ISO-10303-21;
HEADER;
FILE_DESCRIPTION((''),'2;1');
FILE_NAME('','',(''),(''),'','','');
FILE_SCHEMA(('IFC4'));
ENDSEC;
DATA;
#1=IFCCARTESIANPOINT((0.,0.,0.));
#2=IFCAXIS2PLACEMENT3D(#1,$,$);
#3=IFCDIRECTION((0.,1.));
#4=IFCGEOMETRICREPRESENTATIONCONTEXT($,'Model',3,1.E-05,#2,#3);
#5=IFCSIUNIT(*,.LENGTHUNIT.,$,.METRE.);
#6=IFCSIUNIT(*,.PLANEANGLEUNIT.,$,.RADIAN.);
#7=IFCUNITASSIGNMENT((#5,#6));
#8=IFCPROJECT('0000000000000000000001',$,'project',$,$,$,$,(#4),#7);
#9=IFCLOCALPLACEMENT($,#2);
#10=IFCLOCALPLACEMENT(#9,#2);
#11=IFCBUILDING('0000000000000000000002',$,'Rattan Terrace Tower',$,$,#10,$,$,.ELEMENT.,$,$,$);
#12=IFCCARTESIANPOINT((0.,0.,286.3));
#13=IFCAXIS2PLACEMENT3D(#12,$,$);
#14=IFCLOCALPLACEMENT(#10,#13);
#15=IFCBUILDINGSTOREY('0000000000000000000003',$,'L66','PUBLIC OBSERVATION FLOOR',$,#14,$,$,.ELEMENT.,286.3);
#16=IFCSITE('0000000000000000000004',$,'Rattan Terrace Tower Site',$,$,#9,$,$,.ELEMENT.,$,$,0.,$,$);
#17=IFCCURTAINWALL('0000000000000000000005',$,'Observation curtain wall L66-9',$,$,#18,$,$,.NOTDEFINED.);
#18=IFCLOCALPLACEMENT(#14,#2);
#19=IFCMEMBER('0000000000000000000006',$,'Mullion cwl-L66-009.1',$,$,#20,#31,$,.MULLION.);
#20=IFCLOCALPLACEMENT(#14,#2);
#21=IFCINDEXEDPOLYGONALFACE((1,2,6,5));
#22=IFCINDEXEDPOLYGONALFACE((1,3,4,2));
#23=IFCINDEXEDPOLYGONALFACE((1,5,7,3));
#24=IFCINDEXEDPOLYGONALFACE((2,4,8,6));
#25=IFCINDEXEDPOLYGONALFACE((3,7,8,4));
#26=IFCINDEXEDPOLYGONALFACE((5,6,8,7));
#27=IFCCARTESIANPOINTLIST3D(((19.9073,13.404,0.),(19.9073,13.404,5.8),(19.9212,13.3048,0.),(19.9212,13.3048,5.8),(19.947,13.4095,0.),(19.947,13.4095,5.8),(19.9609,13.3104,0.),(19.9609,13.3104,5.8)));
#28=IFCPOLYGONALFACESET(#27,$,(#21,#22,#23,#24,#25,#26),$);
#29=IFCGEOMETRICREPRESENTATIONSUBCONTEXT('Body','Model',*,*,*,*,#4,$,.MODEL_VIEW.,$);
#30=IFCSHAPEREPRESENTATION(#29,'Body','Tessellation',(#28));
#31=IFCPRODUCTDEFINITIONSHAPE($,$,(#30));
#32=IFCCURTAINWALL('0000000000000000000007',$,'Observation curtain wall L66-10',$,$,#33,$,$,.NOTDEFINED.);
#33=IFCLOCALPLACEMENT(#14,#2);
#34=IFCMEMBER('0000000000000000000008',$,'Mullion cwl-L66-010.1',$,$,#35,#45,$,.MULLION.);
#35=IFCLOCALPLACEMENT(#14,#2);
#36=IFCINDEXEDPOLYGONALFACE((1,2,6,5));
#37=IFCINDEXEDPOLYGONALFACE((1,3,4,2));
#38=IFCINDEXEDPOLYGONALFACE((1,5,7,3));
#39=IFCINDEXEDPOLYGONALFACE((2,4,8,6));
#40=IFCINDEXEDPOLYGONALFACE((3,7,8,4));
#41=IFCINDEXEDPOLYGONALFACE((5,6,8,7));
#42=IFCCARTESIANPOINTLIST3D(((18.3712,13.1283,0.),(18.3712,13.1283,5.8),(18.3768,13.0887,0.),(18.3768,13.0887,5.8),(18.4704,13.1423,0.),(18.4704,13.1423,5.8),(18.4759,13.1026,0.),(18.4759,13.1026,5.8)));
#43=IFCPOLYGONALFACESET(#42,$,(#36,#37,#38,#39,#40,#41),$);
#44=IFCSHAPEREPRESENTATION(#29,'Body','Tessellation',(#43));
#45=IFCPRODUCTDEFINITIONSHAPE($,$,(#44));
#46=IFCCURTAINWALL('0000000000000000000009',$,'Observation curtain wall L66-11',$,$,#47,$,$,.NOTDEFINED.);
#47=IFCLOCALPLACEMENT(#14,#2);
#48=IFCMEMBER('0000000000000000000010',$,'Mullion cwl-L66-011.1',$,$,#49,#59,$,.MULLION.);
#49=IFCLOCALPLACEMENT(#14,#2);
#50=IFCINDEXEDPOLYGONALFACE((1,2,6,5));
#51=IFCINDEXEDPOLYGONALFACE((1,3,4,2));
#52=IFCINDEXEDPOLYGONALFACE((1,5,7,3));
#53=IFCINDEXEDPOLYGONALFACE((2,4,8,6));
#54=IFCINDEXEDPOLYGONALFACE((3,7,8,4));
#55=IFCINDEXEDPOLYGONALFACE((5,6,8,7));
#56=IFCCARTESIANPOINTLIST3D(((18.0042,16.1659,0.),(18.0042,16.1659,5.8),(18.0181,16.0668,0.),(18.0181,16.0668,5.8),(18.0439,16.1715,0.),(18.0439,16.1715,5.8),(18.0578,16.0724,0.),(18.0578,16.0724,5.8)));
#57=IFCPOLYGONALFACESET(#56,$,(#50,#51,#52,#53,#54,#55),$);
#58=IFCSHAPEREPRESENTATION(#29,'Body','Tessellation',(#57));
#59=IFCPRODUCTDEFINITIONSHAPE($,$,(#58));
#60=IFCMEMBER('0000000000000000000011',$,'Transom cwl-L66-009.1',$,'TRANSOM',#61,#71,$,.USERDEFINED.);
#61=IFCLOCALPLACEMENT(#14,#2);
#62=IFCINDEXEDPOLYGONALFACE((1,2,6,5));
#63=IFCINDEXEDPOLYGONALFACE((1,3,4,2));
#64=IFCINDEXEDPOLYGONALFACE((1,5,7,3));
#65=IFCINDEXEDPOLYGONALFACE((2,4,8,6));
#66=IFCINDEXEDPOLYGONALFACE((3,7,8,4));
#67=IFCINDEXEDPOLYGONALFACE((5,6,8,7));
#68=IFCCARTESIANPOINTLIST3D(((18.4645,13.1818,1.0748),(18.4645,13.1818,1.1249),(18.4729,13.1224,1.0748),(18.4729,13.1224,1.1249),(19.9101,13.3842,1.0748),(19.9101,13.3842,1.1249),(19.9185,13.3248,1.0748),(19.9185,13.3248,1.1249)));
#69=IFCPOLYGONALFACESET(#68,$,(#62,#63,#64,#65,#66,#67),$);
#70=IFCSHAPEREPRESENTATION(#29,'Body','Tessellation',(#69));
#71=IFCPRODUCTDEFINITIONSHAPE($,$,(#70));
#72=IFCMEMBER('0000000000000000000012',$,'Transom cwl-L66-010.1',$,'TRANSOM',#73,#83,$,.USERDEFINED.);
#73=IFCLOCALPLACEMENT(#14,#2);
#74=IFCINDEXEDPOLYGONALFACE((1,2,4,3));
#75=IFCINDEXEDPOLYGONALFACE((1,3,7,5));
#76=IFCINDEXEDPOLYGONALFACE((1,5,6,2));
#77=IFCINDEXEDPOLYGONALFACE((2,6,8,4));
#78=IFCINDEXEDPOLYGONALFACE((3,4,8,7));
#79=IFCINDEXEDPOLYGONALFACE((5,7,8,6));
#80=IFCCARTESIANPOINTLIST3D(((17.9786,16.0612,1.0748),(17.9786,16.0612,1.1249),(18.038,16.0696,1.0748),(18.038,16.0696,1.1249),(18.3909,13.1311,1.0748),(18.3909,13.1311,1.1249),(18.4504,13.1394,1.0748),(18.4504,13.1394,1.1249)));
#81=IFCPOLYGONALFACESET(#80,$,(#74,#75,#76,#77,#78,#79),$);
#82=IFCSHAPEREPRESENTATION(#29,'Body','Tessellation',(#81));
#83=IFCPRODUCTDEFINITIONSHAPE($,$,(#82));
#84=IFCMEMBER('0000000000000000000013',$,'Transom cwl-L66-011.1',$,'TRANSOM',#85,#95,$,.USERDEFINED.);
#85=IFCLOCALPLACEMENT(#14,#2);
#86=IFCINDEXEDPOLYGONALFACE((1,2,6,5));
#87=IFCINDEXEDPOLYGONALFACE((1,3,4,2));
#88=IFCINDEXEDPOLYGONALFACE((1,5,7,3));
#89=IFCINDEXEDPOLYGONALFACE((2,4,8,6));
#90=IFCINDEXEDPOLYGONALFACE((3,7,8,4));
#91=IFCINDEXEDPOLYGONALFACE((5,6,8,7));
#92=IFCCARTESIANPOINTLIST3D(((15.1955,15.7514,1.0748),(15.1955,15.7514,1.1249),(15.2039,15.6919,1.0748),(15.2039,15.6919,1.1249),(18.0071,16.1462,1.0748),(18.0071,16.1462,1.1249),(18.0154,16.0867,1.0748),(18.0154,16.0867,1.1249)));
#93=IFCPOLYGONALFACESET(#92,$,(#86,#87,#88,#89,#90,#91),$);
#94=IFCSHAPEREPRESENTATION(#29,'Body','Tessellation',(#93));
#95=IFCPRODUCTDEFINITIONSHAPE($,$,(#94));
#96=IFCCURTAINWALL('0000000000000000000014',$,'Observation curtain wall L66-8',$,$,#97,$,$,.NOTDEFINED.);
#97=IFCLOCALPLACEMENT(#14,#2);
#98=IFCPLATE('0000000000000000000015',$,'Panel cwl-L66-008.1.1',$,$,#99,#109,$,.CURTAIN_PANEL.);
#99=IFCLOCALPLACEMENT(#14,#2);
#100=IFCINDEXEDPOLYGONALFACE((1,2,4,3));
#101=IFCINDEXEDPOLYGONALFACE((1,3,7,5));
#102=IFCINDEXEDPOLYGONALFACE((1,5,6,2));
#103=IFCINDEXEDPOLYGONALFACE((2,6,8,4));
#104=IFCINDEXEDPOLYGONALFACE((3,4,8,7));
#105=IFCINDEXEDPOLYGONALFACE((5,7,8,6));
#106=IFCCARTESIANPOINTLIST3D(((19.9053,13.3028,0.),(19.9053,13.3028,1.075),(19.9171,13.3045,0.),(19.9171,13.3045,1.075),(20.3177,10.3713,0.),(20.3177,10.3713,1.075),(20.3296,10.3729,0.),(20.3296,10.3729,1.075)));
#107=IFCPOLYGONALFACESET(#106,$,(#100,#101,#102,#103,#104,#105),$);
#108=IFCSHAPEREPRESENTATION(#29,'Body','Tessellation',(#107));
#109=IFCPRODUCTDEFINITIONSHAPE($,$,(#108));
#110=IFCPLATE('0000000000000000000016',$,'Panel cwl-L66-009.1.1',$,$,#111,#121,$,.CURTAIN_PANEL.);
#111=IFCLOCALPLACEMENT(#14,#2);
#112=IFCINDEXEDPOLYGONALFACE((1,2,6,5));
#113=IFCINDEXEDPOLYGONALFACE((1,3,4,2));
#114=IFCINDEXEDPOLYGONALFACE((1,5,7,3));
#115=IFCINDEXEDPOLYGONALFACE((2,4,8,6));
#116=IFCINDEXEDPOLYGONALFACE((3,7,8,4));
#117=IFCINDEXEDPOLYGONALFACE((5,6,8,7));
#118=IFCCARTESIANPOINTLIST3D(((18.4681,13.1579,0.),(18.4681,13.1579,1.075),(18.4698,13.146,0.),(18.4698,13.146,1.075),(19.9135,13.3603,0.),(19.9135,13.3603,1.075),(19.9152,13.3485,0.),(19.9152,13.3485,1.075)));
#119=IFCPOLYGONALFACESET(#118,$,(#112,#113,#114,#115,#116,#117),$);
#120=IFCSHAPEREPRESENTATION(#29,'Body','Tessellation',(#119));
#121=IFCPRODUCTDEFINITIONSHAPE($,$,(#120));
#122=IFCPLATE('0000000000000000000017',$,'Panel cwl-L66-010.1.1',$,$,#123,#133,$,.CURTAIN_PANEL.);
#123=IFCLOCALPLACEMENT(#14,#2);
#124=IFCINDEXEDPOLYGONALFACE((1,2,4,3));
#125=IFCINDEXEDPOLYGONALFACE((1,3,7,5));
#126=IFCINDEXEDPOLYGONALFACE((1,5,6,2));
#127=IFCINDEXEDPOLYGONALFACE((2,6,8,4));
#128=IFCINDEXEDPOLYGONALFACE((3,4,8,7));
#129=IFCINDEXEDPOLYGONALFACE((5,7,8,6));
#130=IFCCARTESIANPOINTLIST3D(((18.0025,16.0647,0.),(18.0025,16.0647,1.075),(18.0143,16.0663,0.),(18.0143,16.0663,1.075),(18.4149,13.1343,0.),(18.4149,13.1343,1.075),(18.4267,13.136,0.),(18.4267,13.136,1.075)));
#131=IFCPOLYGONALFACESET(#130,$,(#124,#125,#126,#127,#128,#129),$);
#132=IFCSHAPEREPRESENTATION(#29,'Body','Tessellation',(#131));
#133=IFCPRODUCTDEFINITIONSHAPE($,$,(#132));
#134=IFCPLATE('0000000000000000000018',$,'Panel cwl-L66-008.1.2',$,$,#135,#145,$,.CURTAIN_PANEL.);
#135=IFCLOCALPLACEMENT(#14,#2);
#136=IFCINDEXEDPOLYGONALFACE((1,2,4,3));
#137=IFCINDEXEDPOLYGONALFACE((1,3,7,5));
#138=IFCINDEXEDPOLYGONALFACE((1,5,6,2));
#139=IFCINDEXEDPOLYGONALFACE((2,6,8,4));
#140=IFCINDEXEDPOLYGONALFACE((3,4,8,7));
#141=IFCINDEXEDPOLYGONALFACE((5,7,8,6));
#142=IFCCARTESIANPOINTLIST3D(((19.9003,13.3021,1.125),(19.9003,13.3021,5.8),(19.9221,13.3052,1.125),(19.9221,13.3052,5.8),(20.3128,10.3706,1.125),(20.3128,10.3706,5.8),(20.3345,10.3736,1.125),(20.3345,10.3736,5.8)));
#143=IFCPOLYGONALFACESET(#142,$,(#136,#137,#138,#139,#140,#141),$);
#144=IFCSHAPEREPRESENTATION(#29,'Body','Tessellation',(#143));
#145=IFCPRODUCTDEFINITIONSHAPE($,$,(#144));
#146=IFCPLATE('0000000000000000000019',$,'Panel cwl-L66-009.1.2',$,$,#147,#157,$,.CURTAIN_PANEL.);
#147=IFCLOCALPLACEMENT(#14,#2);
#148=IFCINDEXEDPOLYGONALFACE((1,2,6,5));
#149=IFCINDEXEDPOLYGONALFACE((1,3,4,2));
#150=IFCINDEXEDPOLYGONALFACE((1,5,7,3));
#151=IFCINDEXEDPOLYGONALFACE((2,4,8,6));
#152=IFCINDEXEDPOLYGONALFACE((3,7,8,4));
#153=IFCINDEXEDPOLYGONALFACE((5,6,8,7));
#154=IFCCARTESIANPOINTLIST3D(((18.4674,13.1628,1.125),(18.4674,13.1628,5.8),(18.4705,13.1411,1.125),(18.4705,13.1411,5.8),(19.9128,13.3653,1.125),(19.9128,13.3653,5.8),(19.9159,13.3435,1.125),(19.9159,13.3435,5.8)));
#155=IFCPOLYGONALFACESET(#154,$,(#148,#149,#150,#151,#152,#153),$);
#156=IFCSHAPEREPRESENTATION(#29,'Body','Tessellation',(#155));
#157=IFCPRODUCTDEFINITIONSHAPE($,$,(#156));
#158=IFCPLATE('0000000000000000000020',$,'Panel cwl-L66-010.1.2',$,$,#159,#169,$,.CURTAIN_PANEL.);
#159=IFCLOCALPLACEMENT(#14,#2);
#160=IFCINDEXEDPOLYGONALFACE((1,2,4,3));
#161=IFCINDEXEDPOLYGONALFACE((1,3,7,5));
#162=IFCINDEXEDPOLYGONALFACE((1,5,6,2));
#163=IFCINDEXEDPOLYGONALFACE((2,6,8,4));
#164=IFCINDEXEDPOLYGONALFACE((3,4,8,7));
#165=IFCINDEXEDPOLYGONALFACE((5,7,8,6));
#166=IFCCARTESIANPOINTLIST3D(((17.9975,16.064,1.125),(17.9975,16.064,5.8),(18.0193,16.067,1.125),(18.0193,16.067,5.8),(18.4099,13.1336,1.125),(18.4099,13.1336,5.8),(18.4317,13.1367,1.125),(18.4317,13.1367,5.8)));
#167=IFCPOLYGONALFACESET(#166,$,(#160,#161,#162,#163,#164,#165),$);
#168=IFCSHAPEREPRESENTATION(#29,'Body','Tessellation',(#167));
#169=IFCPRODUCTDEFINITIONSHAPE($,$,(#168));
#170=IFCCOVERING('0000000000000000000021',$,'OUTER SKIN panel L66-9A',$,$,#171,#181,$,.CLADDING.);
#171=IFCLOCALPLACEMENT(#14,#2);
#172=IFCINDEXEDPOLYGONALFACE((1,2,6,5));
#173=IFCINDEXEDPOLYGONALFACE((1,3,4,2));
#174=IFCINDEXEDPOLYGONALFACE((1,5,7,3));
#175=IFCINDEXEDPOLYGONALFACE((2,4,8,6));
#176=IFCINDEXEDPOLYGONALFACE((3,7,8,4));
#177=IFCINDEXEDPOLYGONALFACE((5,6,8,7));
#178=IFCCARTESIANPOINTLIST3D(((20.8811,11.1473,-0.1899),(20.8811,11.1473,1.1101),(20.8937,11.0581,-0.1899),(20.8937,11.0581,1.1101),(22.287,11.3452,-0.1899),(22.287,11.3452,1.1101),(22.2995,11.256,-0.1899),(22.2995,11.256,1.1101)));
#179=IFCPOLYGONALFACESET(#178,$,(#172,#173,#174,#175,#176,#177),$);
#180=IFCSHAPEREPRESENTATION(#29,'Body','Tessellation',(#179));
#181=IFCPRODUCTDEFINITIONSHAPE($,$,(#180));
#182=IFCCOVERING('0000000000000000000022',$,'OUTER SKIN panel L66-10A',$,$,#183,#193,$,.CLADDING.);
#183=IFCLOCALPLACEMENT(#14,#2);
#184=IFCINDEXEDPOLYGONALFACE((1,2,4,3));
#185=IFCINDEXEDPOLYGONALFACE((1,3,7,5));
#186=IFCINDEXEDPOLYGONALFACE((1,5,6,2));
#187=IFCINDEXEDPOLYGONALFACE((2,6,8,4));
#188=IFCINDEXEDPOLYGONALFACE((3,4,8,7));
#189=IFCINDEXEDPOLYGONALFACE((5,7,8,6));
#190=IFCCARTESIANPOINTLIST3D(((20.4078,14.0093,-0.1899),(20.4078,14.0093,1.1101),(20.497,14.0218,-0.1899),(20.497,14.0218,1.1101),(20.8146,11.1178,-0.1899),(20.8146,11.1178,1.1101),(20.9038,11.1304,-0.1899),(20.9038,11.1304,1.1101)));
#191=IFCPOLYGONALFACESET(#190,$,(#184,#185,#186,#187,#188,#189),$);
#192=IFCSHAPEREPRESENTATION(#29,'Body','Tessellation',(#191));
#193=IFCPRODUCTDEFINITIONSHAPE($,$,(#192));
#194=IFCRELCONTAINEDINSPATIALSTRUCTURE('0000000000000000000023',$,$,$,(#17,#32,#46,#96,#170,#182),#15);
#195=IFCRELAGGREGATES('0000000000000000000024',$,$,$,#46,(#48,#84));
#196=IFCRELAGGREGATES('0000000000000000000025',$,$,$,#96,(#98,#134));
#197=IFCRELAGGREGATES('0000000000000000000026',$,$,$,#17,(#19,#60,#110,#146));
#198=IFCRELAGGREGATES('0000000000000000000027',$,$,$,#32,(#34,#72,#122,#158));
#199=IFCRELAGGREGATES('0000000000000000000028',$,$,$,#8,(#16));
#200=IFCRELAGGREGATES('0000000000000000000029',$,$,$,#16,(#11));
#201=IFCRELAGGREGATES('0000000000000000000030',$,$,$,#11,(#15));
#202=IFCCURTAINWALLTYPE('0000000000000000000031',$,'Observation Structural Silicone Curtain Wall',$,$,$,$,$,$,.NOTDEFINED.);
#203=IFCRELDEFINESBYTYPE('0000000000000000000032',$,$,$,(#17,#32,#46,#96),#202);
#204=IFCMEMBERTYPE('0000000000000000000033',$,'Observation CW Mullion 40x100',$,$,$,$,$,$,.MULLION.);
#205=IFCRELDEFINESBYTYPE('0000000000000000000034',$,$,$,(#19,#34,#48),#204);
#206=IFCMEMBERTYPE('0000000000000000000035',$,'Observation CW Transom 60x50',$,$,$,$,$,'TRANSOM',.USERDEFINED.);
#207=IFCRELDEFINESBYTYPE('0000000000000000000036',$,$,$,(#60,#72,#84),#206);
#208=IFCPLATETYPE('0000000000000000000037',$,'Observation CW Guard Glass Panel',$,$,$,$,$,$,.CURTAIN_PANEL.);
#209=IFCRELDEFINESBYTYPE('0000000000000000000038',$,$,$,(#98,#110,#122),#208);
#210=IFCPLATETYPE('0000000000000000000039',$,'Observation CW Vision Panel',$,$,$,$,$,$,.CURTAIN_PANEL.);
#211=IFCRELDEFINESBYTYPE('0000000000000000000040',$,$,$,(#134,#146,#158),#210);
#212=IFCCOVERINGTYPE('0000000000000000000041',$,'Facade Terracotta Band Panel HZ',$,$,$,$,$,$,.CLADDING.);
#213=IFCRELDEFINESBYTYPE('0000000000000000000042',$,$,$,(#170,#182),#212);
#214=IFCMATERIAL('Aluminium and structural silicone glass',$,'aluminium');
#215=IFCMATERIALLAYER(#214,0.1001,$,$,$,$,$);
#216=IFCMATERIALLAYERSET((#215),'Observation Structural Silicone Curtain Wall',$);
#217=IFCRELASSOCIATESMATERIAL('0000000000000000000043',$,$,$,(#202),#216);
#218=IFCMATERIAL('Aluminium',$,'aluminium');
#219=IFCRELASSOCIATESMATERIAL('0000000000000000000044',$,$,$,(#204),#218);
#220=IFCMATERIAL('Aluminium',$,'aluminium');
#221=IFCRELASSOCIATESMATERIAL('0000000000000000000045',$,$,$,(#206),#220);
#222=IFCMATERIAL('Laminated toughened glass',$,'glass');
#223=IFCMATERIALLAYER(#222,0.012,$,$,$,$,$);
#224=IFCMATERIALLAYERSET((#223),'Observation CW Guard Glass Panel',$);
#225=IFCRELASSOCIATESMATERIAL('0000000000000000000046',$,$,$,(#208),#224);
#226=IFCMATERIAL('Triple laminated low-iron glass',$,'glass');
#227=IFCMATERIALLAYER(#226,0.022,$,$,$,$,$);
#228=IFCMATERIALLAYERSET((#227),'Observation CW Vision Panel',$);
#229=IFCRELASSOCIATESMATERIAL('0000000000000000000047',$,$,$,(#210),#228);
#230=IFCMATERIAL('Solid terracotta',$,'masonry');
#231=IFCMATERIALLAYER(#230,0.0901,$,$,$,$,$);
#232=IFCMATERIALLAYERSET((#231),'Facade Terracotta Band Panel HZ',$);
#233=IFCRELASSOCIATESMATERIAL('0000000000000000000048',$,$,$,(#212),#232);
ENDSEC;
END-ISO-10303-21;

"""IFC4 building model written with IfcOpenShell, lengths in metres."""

from ifc_helpers import new_model, si_unit, direction, frame, origin, origin_2d, place, context, subcontext, project, spatial, rectangle, extrude, material, layer, layer_set, material_profile, profile_set, type_object, element, aggregate, save


model = new_model("IFC4")

# Units and contexts
model_context = context("Model", 3, precision=1e-05, world=origin(), true_north=direction((0.0, 1.0)))
body_context = subcontext(model_context, "Body", "Model", "MODEL_VIEW")
ifc_project = project(units=[si_unit("LENGTHUNIT", "METRE"), si_unit("PLANEANGLEUNIT", "RADIAN")], contexts=[model_context])

# Site, building, storey
site_placement = place(None, origin())
site = spatial("IfcSite", under=ifc_project, at=site_placement, Name="Rattan Terrace Tower Site", CompositionType="ELEMENT", RefElevation=0.0)
building_placement = place(site_placement, origin())
building = spatial("IfcBuilding", under=site, at=building_placement, Name="Rattan Terrace Tower", CompositionType="ELEMENT")
storey_placement = place(building_placement, frame((0.0, 0.0, 286.3)))
storey = spatial("IfcBuildingStorey", under=building, at=storey_placement, Name="L66", Description="PUBLIC OBSERVATION FLOOR", CompositionType="ELEMENT", Elevation=286.3)

# Curtain walls, members
ifc_material_1 = material(Name="Aluminium and structural silicone glass", Category="aluminium")
ifc_layer_1 = layer(ifc_material_1, 0.1001)
ifc_layer_set_1 = layer_set([ifc_layer_1], Name="Observation Structural Silicone Curtain Wall")
curtain_wall_type = type_object("IfcCurtainWallType", Name="Observation Structural Silicone Curtain Wall", PredefinedType="NOTDEFINED", material=ifc_layer_set_1)
curtain_wall_1_placement = place(storey_placement, origin())
curtain_wall_1 = element("IfcCurtainWall", 1, at=curtain_wall_1_placement, inside=storey, type_object=curtain_wall_type, Name="Observation curtain wall L66-9", PredefinedType="NOTDEFINED")
ifc_material_2 = material(Name="Aluminium", Category="aluminium")
ifc_material_profile_1 = material_profile(ifc_material_2, rectangle(XDim=0.04, YDim=0.1001, at=origin_2d()), Name="Aluminium 40x100")
ifc_profile_set_1 = profile_set([ifc_material_profile_1], Name="Aluminium")
member_type_1 = type_object("IfcMemberType", Name="Observation CW Mullion 40x100", PredefinedType="MULLION", material=ifc_profile_set_1)
member_1_placement = place(storey_placement, frame((19.9341, 13.3572, 0.0), z_axis=(0.0, 0.0, 1.0), x_axis=(-0.990333, -0.138713, 0.0)))
member_1 = element("IfcMember", 2, at=member_1_placement, type_object=member_type_1, Name="Mullion cwl-L66-009.1", PredefinedType="MULLION", context=body_context, shape_type="SweptSolid", body=[
    extrude(rectangle(XDim=0.04, YDim=0.1001, at=origin_2d()), origin(), (0.0, 0.0, 1.0), 5.8),
])
curtain_wall_2_placement = place(storey_placement, origin())
curtain_wall_2 = element("IfcCurtainWall", 3, at=curtain_wall_2_placement, inside=storey, type_object=curtain_wall_type, Name="Observation curtain wall L66-10", PredefinedType="NOTDEFINED")
member_2_placement = place(storey_placement, frame((18.4236, 13.1155, 0.0), z_axis=(0.0, 0.0, 1.0), x_axis=(-0.139367, 0.990241, 0.0)))
member_2 = element("IfcMember", 4, at=member_2_placement, type_object=member_type_1, Name="Mullion cwl-L66-010.1", PredefinedType="MULLION", context=body_context, shape_type="SweptSolid", body=[
    extrude(rectangle(XDim=0.04, YDim=0.1001, at=origin_2d()), origin(), (0.0, 0.0, 1.0), 5.8),
])
curtain_wall_3_placement = place(storey_placement, origin())
curtain_wall_3 = element("IfcCurtainWall", 5, at=curtain_wall_3_placement, inside=storey, type_object=curtain_wall_type, Name="Observation curtain wall L66-11", PredefinedType="NOTDEFINED")
member_3_placement = place(storey_placement, frame((18.031, 16.1191, 0.0), z_axis=(0.0, 0.0, 1.0), x_axis=(-0.990287, -0.13904, 0.0)))
member_3 = element("IfcMember", 6, at=member_3_placement, type_object=member_type_1, Name="Mullion cwl-L66-011.1", PredefinedType="MULLION", context=body_context, shape_type="SweptSolid", body=[
    extrude(rectangle(XDim=0.04, YDim=0.1001, at=origin_2d()), origin(), (0.0, 0.0, 1.0), 5.8),
])

# Members
ifc_material_3 = material(Name="Aluminium", Category="aluminium")
ifc_material_profile_2 = material_profile(ifc_material_3, rectangle(XDim=0.0601, YDim=0.05, at=origin_2d()), Name="Aluminium 60x50")
ifc_profile_set_2 = profile_set([ifc_material_profile_2], Name="Aluminium")
member_type_2 = type_object("IfcMemberType", Name="Observation CW Transom 60x50", ElementType="TRANSOM", PredefinedType="USERDEFINED", material=ifc_profile_set_2)
member_4_placement = place(storey_placement, frame((19.9143, 13.3545, 1.0999), z_axis=(-0.99034, -0.138658, 0.0), x_axis=(0.138658, -0.99034, 0.0)))
member_4 = element("IfcMember", 7, at=member_4_placement, type_object=member_type_2, Name="Transom cwl-L66-009.1", ObjectType="TRANSOM", PredefinedType="USERDEFINED", context=body_context, shape_type="SweptSolid", body=[
    extrude(rectangle(XDim=0.0601, YDim=0.05, at=origin_2d()), origin(), (0.0, 0.0, 1.0), 1.4597),
])
member_5_placement = place(storey_placement, frame((18.4207, 13.1353, 1.0999), z_axis=(-0.139353, 0.990243, 0.0), x_axis=(-0.990243, -0.139353, 0.0)))
member_5 = element("IfcMember", 8, at=member_5_placement, type_object=member_type_2, Name="Transom cwl-L66-010.1", ObjectType="TRANSOM", PredefinedType="USERDEFINED", context=body_context, shape_type="SweptSolid", body=[
    extrude(rectangle(XDim=0.0601, YDim=0.05, at=origin_2d()), origin(), (0.0, 0.0, 1.0), 2.959),
])
member_6_placement = place(storey_placement, frame((18.0112, 16.1165, 1.0999), z_axis=(-0.990285, -0.139049, 0.0), x_axis=(0.139049, -0.990285, 0.0)))
member_6 = element("IfcMember", 9, at=member_6_placement, type_object=member_type_2, Name="Transom cwl-L66-011.1", ObjectType="TRANSOM", PredefinedType="USERDEFINED", context=body_context, shape_type="SweptSolid", body=[
    extrude(rectangle(XDim=0.0601, YDim=0.05, at=origin_2d()), origin(), (0.0, 0.0, 1.0), 2.8391),
])
aggregate(curtain_wall_3, [member_3, member_6])

# Curtain wall, plate
curtain_wall_4_placement = place(storey_placement, origin())
curtain_wall_4 = element("IfcCurtainWall", 10, at=curtain_wall_4_placement, inside=storey, type_object=curtain_wall_type, Name="Observation curtain wall L66-8", PredefinedType="NOTDEFINED")
ifc_material_4 = material(Name="Laminated toughened glass", Category="glass")
ifc_layer_2 = layer(ifc_material_4, 0.012)
ifc_layer_set_2 = layer_set([ifc_layer_2], Name="Observation CW Guard Glass Panel")
plate_type_1 = type_object("IfcPlateType", Name="Observation CW Guard Glass Panel", PredefinedType="CURTAIN_PANEL", material=ifc_layer_set_2)
plate_1_placement = place(storey_placement, frame((20.1174, 11.8379, 0.0), z_axis=(0.0, 0.0, 1.0), x_axis=(-0.139321, 0.990247, 0.0)))
plate_1 = element("IfcPlate", 11, at=plate_1_placement, type_object=plate_type_1, Name="Panel cwl-L66-008.1.1", PredefinedType="CURTAIN_PANEL", context=body_context, shape_type="SweptSolid", body=[
    extrude(rectangle(XDim=2.9604, YDim=0.012, at=origin_2d()), origin(), (0.0, 0.0, 1.0), 1.075),
])

# Plates
plate_2_placement = place(storey_placement, frame((19.1917, 13.2532, 0.0), z_axis=(0.0, 0.0, 1.0), x_axis=(-0.990333, -0.138713, 0.0)))
plate_2 = element("IfcPlate", 12, at=plate_2_placement, type_object=plate_type_1, Name="Panel cwl-L66-009.1.1", PredefinedType="CURTAIN_PANEL", context=body_context, shape_type="SweptSolid", body=[
    extrude(rectangle(XDim=1.4595, YDim=0.012, at=origin_2d()), origin(), (0.0, 0.0, 1.0), 1.075),
])
plate_3_placement = place(storey_placement, frame((18.2146, 14.6003, 0.0), z_axis=(0.0, 0.0, 1.0), x_axis=(-0.139367, 0.990241, 0.0)))
plate_3 = element("IfcPlate", 13, at=plate_3_placement, type_object=plate_type_1, Name="Panel cwl-L66-010.1.1", PredefinedType="CURTAIN_PANEL", context=body_context, shape_type="SweptSolid", body=[
    extrude(rectangle(XDim=2.9592, YDim=0.012, at=origin_2d()), origin(), (0.0, 0.0, 1.0), 1.075),
])
ifc_material_5 = material(Name="Triple laminated low-iron glass", Category="glass")
ifc_layer_3 = layer(ifc_material_5, 0.022)
ifc_layer_set_3 = layer_set([ifc_layer_3], Name="Observation CW Vision Panel")
plate_type_2 = type_object("IfcPlateType", Name="Observation CW Vision Panel", PredefinedType="CURTAIN_PANEL", material=ifc_layer_set_3)
plate_4_placement = place(storey_placement, frame((20.1174, 11.8379, 1.125), z_axis=(0.0, 0.0, 1.0), x_axis=(-0.139321, 0.990247, 0.0)))
plate_4 = element("IfcPlate", 14, at=plate_4_placement, type_object=plate_type_2, Name="Panel cwl-L66-008.1.2", PredefinedType="CURTAIN_PANEL", context=body_context, shape_type="SweptSolid", body=[
    extrude(rectangle(XDim=2.9604, YDim=0.022, at=origin_2d()), origin(), (0.0, 0.0, 1.0), 4.675),
])
aggregate(curtain_wall_4, [plate_1, plate_4])
plate_5_placement = place(storey_placement, frame((19.1917, 13.2532, 1.125), z_axis=(0.0, 0.0, 1.0), x_axis=(-0.990333, -0.138713, 0.0)))
plate_5 = element("IfcPlate", 15, at=plate_5_placement, type_object=plate_type_2, Name="Panel cwl-L66-009.1.2", PredefinedType="CURTAIN_PANEL", context=body_context, shape_type="SweptSolid", body=[
    extrude(rectangle(XDim=1.4595, YDim=0.022, at=origin_2d()), origin(), (0.0, 0.0, 1.0), 4.675),
])
aggregate(curtain_wall_1, [member_1, member_4, plate_2, plate_5])
plate_6_placement = place(storey_placement, frame((18.2146, 14.6003, 1.125), z_axis=(0.0, 0.0, 1.0), x_axis=(-0.139367, 0.990241, 0.0)))
plate_6 = element("IfcPlate", 16, at=plate_6_placement, type_object=plate_type_2, Name="Panel cwl-L66-010.1.2", PredefinedType="CURTAIN_PANEL", context=body_context, shape_type="SweptSolid", body=[
    extrude(rectangle(XDim=2.9592, YDim=0.022, at=origin_2d()), origin(), (0.0, 0.0, 1.0), 4.675),
])
aggregate(curtain_wall_2, [member_2, member_5, plate_3, plate_6])

# Coverings
ifc_material_6 = material(Name="Solid terracotta", Category="masonry")
ifc_layer_4 = layer(ifc_material_6, 0.0901)
ifc_layer_set_4 = layer_set([ifc_layer_4], Name="Facade Terracotta Band Panel HZ")
covering_type_1 = type_object("IfcCoveringType", Name="Facade Terracotta Band Panel HZ", PredefinedType="CLADDING", material=ifc_layer_set_4)
covering_1_placement = place(storey_placement, frame((21.5903, 11.2017, -0.1899), z_axis=(0.0, 0.0, 1.0), x_axis=(-0.990241, -0.139367, 0.0)))
element("IfcCovering", 17, at=covering_1_placement, inside=storey, type_object=covering_type_1, Name="OUTER SKIN panel L66-9A", PredefinedType="CLADDING", context=body_context, shape_type="SweptSolid", body=[
    extrude(rectangle(XDim=1.4197, YDim=0.0901, at=origin_2d()), origin(), (0.0, 0.0, 1.0), 1.3),
])
covering_2_placement = place(storey_placement, frame((20.6558, 12.5698, -0.1899), z_axis=(0.0, 0.0, 1.0), x_axis=(-0.139321, 0.990247, 0.0)))
element("IfcCovering", 18, at=covering_2_placement, inside=storey, type_object=covering_type_1, Name="OUTER SKIN panel L66-10A", PredefinedType="CLADDING", context=body_context, shape_type="SweptSolid", body=[
    extrude(rectangle(XDim=2.9199, YDim=0.0901, at=origin_2d()), origin(), (0.0, 0.0, 1.0), 1.3),
])

save(model, "model.ifc")
